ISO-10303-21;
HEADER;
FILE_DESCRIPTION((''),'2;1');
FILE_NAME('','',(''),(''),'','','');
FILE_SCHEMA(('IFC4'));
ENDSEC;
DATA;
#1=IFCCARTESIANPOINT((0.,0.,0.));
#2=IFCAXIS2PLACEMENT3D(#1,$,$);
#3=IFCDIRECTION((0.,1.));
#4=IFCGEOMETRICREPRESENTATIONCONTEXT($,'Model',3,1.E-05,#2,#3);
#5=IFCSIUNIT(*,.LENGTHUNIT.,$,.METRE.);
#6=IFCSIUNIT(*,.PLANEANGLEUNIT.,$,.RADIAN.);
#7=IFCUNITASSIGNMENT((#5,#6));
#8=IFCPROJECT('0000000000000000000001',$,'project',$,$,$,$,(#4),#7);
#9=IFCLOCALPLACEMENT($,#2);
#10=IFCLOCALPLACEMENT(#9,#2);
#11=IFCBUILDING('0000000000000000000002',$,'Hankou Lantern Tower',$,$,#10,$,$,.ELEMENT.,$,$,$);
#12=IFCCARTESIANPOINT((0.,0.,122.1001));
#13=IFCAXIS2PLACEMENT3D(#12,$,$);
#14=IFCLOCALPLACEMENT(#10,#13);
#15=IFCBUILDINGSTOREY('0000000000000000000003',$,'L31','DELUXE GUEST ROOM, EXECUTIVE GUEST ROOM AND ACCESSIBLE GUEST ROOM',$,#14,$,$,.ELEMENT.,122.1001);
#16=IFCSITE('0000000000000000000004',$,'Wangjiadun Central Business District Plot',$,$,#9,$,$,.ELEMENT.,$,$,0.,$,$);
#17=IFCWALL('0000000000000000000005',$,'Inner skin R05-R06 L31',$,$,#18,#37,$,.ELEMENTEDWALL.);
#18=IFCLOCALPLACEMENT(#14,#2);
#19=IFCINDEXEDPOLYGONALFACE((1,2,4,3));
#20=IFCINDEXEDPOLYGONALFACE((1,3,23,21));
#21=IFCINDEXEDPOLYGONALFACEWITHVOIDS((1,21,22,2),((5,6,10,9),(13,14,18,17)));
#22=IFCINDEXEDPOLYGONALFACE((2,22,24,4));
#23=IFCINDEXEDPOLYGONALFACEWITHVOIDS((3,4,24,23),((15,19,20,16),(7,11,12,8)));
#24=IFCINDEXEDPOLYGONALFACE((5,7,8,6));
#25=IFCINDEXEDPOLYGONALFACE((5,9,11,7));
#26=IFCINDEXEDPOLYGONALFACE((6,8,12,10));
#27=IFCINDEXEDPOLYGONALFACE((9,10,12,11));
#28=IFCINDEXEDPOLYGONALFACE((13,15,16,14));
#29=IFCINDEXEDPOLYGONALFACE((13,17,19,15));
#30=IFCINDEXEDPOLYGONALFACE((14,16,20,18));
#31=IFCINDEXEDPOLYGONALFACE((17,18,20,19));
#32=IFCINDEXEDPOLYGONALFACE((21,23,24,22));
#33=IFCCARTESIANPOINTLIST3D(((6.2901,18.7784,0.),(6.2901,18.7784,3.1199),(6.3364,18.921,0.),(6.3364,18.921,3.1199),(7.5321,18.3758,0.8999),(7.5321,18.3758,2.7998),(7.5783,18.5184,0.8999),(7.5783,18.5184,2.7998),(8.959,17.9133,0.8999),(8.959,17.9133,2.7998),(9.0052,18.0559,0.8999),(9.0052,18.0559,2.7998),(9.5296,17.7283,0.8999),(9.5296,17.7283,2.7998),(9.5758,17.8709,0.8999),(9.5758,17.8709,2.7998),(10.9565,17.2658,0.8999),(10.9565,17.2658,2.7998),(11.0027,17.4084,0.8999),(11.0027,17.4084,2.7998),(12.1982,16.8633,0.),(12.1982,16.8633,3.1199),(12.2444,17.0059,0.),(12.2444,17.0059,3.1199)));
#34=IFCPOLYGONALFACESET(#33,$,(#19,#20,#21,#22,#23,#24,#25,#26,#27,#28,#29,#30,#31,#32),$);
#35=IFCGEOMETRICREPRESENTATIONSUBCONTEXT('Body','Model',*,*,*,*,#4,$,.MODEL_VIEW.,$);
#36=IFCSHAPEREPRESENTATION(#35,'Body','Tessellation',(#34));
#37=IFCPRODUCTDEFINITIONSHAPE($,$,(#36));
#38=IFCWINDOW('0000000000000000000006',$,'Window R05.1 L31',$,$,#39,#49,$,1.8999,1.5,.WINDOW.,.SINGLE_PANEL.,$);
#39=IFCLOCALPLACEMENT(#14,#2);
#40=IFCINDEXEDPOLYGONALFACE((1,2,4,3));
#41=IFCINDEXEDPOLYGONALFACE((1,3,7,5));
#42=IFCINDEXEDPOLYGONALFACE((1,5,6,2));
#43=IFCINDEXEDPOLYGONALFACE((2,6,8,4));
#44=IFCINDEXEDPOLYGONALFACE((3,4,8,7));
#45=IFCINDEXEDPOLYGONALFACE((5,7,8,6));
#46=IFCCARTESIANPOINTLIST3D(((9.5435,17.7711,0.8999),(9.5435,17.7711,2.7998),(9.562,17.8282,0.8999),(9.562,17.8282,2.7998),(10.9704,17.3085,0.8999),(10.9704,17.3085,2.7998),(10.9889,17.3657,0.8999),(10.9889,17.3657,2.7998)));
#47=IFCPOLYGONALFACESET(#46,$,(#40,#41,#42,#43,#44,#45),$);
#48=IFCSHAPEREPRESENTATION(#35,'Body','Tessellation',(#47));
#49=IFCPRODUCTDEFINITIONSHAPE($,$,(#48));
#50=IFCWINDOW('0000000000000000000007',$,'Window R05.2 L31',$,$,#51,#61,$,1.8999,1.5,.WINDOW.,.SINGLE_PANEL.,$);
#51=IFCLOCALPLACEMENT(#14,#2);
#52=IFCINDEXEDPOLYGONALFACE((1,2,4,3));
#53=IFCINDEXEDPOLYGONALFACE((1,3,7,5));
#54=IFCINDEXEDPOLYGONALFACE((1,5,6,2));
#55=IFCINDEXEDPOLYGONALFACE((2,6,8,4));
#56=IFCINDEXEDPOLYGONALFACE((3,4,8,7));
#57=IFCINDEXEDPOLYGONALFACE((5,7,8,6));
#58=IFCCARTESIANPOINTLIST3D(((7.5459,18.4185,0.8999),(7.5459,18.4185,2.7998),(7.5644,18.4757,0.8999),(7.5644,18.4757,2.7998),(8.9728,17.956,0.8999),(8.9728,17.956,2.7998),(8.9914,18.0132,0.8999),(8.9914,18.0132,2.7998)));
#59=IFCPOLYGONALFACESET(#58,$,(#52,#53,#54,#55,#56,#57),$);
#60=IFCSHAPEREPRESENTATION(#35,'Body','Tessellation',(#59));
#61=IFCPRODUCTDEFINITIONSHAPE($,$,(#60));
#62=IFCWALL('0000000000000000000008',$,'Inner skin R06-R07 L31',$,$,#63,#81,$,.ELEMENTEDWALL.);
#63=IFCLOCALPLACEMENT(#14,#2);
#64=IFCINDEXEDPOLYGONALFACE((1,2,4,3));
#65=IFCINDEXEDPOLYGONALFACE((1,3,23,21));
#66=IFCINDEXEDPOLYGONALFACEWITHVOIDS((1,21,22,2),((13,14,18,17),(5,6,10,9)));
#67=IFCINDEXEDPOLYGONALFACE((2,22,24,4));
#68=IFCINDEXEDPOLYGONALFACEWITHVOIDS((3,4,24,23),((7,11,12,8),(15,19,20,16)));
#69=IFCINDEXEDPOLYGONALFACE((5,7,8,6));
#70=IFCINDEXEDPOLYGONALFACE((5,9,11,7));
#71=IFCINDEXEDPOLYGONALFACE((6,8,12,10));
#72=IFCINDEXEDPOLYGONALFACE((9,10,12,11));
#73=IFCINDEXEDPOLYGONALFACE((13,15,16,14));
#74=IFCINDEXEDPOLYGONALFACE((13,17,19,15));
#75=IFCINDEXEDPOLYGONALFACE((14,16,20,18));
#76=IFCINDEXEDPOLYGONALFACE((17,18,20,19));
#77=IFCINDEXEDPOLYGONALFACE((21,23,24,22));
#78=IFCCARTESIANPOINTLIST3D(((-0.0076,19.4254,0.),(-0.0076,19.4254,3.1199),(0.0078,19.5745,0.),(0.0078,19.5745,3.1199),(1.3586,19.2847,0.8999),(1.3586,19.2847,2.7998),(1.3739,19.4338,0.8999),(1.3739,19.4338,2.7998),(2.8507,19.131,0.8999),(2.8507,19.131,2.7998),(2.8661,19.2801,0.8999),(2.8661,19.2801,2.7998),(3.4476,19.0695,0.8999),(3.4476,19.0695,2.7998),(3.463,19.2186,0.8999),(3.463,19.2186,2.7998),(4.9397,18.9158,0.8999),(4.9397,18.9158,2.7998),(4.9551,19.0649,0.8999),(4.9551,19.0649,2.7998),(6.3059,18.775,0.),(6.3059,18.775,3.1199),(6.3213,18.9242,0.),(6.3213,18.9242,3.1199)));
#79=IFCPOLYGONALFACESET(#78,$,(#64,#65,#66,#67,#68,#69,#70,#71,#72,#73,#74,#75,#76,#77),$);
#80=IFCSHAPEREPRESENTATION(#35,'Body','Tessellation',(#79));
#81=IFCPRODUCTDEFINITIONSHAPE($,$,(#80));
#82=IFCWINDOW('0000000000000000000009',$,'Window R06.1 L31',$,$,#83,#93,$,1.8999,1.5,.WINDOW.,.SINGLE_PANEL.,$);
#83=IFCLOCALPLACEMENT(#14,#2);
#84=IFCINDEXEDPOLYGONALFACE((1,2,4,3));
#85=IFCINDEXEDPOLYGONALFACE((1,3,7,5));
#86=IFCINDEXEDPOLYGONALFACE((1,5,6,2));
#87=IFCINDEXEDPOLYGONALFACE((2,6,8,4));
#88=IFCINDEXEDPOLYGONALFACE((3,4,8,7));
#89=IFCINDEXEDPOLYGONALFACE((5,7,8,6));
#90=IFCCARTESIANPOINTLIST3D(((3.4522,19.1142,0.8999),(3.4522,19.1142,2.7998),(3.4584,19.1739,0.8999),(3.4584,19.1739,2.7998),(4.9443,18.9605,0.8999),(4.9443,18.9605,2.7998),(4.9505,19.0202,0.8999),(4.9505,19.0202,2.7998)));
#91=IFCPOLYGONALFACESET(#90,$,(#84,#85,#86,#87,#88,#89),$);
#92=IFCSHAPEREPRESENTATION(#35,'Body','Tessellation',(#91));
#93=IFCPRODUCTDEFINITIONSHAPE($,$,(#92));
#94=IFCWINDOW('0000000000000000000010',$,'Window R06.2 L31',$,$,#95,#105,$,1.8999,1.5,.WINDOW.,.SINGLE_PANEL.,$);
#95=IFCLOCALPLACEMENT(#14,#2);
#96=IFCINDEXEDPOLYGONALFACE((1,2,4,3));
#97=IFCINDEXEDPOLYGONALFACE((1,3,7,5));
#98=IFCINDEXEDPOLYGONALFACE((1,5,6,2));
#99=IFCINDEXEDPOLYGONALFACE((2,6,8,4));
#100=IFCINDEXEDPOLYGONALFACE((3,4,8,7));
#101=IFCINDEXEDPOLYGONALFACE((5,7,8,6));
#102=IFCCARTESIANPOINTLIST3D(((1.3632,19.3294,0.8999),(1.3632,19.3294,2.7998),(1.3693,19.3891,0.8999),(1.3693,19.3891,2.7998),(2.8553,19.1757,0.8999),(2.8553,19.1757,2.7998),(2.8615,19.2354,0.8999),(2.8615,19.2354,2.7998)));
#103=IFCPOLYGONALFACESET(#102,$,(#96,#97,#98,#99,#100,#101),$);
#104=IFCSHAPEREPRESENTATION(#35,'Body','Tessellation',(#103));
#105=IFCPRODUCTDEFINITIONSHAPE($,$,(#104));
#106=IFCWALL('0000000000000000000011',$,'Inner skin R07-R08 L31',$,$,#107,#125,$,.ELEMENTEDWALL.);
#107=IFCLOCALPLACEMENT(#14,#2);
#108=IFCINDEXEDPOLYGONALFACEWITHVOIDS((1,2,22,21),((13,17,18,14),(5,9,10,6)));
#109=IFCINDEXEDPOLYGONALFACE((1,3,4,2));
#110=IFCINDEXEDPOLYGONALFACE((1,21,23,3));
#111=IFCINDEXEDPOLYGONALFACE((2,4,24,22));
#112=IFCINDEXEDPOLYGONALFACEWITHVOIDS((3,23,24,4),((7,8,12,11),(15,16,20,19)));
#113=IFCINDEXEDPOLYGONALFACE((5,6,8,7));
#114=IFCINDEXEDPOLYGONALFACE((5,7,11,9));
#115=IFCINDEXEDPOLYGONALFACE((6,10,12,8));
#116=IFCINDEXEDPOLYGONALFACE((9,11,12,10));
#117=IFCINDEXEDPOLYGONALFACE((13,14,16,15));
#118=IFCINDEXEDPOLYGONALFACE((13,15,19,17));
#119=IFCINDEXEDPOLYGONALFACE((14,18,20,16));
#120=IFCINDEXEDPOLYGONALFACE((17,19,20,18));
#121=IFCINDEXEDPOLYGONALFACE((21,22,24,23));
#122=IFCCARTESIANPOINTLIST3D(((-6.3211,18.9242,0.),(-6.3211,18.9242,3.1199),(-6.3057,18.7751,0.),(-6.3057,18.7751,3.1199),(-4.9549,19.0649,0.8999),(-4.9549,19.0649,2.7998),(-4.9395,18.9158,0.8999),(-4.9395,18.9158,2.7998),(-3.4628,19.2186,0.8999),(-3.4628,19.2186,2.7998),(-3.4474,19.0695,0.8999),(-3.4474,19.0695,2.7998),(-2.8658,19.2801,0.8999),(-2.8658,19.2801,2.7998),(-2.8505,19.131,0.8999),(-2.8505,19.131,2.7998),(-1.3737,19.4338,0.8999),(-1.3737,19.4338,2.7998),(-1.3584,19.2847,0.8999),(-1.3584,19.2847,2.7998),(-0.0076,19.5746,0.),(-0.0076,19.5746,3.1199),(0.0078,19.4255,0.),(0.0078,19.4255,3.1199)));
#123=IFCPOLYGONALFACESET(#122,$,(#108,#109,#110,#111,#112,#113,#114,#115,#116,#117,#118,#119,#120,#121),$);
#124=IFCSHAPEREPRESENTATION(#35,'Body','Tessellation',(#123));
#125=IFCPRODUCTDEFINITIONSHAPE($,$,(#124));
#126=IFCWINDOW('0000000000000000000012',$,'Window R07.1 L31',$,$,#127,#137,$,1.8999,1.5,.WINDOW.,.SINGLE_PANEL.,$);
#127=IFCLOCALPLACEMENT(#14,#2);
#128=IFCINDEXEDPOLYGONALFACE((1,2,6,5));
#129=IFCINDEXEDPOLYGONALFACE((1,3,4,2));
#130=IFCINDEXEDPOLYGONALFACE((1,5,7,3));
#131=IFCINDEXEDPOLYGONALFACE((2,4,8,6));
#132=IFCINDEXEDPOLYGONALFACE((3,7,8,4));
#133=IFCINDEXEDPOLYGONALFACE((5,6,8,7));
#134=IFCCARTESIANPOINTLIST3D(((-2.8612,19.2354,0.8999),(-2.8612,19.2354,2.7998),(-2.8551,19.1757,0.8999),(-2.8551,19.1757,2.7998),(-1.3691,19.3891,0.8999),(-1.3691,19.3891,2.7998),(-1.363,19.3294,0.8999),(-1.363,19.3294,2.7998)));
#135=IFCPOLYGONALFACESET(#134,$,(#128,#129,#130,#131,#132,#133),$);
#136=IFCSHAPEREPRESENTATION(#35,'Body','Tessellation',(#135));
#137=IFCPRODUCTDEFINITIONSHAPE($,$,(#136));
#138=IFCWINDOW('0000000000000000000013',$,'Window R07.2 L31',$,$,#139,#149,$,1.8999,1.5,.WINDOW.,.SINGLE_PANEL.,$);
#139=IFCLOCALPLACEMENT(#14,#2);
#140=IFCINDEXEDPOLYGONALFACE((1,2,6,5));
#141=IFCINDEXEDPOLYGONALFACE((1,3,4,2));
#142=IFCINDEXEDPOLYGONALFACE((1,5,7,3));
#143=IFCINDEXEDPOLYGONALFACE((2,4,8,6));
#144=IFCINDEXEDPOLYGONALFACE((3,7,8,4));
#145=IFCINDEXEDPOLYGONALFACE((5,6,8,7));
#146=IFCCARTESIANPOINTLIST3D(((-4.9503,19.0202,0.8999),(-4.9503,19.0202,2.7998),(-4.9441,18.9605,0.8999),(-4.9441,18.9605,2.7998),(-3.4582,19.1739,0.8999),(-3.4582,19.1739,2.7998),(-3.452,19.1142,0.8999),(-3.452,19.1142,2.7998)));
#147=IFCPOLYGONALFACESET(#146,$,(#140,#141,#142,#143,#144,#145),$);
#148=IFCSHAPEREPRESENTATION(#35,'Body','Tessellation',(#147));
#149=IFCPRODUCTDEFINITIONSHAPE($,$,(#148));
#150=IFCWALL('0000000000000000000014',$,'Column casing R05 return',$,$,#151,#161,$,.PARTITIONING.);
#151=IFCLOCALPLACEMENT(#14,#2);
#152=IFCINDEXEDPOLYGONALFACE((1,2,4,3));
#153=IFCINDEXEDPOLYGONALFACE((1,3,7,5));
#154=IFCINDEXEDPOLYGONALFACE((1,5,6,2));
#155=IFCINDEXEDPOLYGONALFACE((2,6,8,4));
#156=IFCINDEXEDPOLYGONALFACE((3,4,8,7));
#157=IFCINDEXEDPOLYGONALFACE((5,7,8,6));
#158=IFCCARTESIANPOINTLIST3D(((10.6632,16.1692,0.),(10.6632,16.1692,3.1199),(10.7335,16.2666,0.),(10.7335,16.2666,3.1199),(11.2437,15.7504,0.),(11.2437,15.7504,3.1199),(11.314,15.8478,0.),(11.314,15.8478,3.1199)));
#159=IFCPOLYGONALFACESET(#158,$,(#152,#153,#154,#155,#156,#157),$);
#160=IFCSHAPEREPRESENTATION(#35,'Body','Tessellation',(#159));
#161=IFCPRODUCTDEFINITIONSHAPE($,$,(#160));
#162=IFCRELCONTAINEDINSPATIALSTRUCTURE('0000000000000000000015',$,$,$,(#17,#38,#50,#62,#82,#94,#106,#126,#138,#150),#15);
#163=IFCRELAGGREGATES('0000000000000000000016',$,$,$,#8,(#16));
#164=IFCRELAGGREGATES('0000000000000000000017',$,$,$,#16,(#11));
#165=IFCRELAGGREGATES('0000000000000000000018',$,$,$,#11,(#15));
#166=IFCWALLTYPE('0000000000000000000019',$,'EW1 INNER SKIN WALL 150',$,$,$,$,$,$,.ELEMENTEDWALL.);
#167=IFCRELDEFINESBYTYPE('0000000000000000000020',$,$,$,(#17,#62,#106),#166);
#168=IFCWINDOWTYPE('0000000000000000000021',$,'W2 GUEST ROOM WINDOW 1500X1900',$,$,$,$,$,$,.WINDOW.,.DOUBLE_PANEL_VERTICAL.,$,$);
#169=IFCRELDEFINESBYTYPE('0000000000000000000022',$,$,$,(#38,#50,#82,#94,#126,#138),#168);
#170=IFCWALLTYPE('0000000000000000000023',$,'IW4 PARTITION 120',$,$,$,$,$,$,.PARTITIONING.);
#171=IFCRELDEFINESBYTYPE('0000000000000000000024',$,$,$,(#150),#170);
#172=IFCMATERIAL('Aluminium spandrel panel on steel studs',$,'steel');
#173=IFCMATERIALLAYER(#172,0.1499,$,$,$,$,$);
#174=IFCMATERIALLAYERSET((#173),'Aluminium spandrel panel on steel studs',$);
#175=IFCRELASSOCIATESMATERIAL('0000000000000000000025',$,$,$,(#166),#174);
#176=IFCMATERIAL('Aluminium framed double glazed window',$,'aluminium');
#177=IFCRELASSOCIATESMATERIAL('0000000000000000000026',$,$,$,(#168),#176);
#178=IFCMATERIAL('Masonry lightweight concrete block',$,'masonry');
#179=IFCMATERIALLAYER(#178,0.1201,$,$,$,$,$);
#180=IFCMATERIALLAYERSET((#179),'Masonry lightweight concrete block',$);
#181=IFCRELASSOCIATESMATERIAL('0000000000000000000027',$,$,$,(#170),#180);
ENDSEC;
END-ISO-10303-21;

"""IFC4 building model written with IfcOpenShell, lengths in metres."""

from ifc_helpers import new_model, si_unit, direction, frame, frame_2d, origin, place, context, subcontext, project, spatial, rectangle, extrude, material, layer, layer_set, type_object, element, fill, save


model = new_model("IFC4")

# Units and contexts
model_context = context("Model", 3, precision=1e-05, world=origin(), true_north=direction((0.0, 1.0)))
body_context = subcontext(model_context, "Body", "Model", "MODEL_VIEW")
ifc_project = project(units=[si_unit("LENGTHUNIT", "METRE"), si_unit("PLANEANGLEUNIT", "RADIAN")], contexts=[model_context])

# Site, building, storey
site_placement = place(None, origin())
site = spatial("IfcSite", under=ifc_project, at=site_placement, Name="Wangjiadun Central Business District Plot", CompositionType="ELEMENT", RefElevation=0.0)
building_placement = place(site_placement, origin())
building = spatial("IfcBuilding", under=site, at=building_placement, Name="Hankou Lantern Tower", CompositionType="ELEMENT")
storey_placement = place(building_placement, frame((0.0, 0.0, 122.1001)))
storey = spatial("IfcBuildingStorey", under=building, at=storey_placement, Name="L31", Description="DELUXE GUEST ROOM, EXECUTIVE GUEST ROOM AND ACCESSIBLE GUEST ROOM", CompositionType="ELEMENT", Elevation=122.1001)

# Walls, openings, windows
ifc_material_1 = material(Name="Aluminium spandrel panel on steel studs", Category="steel")
ifc_layer_1 = layer(ifc_material_1, 0.1499)
ifc_layer_set_1 = layer_set([ifc_layer_1], Name="Aluminium spandrel panel on steel studs")
wall_type_1 = type_object("IfcWallType", Name="EW1 INNER SKIN WALL 150", PredefinedType="ELEMENTEDWALL", material=ifc_layer_set_1)
wall_1_placement = place(storey_placement, frame((12.2214, 16.9346, 0.0), z_axis=(0.0, 0.0, 1.0), x_axis=(-0.951273, 0.308351, 0.0)))
wall_1 = element("IfcWall", 1, at=wall_1_placement, inside=storey, type_object=wall_type_1, Name="Inner skin R05-R06 L31", PredefinedType="ELEMENTEDWALL", context=body_context, shape_type="SweptSolid", body=[
    extrude(rectangle(XDim=6.2107, YDim=0.1499, at=frame_2d((3.1055, 0.0))), origin(), (0.0, 0.0, 1.0), 3.1199),
])
opening_1_placement = place(wall_1_placement, frame((1.3054, 0.0, 0.8999)))
opening_1 = element("IfcOpeningElement", 2, at=opening_1_placement, cuts=wall_1, PredefinedType="OPENING", context=body_context, shape_type="SweptSolid", body=[
    extrude(rectangle(XDim=1.5, YDim=1.8999, at=frame_2d((0.75, 0.95))), frame((0.0, 0.085, 0.0), z_axis=(0.0, -1.0, 0.0), x_axis=(1.0, 0.0, 0.0)), (0.0, 0.0, 1.0), 0.1699),
])
opening_2_placement = place(wall_1_placement, frame((3.4053, 0.0, 0.8999)))
opening_2 = element("IfcOpeningElement", 3, at=opening_2_placement, cuts=wall_1, PredefinedType="OPENING", context=body_context, shape_type="SweptSolid", body=[
    extrude(rectangle(XDim=1.5, YDim=1.8999, at=frame_2d((0.75, 0.95))), frame((0.0, 0.085, 0.0), z_axis=(0.0, -1.0, 0.0), x_axis=(1.0, 0.0, 0.0)), (0.0, 0.0, 1.0), 0.1699),
])
ifc_material_2 = material(Name="Aluminium framed double glazed window", Category="aluminium")
window_type = type_object("IfcWindowType", Name="W2 GUEST ROOM WINDOW 1500X1900", PartitioningType="DOUBLE_PANEL_VERTICAL", PredefinedType="WINDOW", material=ifc_material_2)
window_1_placement = place(opening_1_placement, origin())
window_1 = element("IfcWindow", 4, at=window_1_placement, inside=storey, type_object=window_type, Name="Window R05.1 L31", OverallHeight=1.8999, OverallWidth=1.5, PartitioningType="SINGLE_PANEL", PredefinedType="WINDOW", context=body_context, shape_type="SweptSolid", body=[
    extrude(rectangle(XDim=1.5, YDim=1.8999, at=frame_2d((0.75, 0.95))), frame((0.0, 0.03, 0.0), z_axis=(0.0, -1.0, 0.0), x_axis=(1.0, 0.0, 0.0)), (0.0, 0.0, 1.0), 0.0601),
])
fill(opening_1, window_1)
window_2_placement = place(opening_2_placement, origin())
window_2 = element("IfcWindow", 5, at=window_2_placement, inside=storey, type_object=window_type, Name="Window R05.2 L31", OverallHeight=1.8999, OverallWidth=1.5, PartitioningType="SINGLE_PANEL", PredefinedType="WINDOW", context=body_context, shape_type="SweptSolid", body=[
    extrude(rectangle(XDim=1.5, YDim=1.8999, at=frame_2d((0.75, 0.95))), frame((0.0, 0.03, 0.0), z_axis=(0.0, -1.0, 0.0), x_axis=(1.0, 0.0, 0.0)), (0.0, 0.0, 1.0), 0.0601),
])
fill(opening_2, window_2)
wall_2_placement = place(storey_placement, frame((6.3135, 18.8496, 0.0), z_axis=(0.0, 0.0, 1.0), x_axis=(-0.994736, 0.102474, 0.0)))
wall_2 = element("IfcWall", 6, at=wall_2_placement, inside=storey, type_object=wall_type_1, Name="Inner skin R06-R07 L31", PredefinedType="ELEMENTEDWALL", context=body_context, shape_type="SweptSolid", body=[
    extrude(rectangle(XDim=6.3469, YDim=0.1499, at=frame_2d((3.1733, 0.0))), origin(), (0.0, 0.0, 1.0), 3.1199),
])
opening_3_placement = place(wall_2_placement, frame((1.3733, 0.0, 0.8999)))
opening_3 = element("IfcOpeningElement", 7, at=opening_3_placement, cuts=wall_2, PredefinedType="OPENING", context=body_context, shape_type="SweptSolid", body=[
    extrude(rectangle(XDim=1.5, YDim=1.8999, at=frame_2d((0.75, 0.95))), frame((0.0, 0.085, 0.0), z_axis=(0.0, -1.0, 0.0), x_axis=(1.0, 0.0, 0.0)), (0.0, 0.0, 1.0), 0.1699),
])
opening_4_placement = place(wall_2_placement, frame((3.4734, 0.0, 0.8999)))
opening_4 = element("IfcOpeningElement", 8, at=opening_4_placement, cuts=wall_2, PredefinedType="OPENING", context=body_context, shape_type="SweptSolid", body=[
    extrude(rectangle(XDim=1.5, YDim=1.8999, at=frame_2d((0.75, 0.95))), frame((0.0, 0.085, 0.0), z_axis=(0.0, -1.0, 0.0), x_axis=(1.0, 0.0, 0.0)), (0.0, 0.0, 1.0), 0.1699),
])
window_3_placement = place(opening_3_placement, origin())
window_3 = element("IfcWindow", 9, at=window_3_placement, inside=storey, type_object=window_type, Name="Window R06.1 L31", OverallHeight=1.8999, OverallWidth=1.5, PartitioningType="SINGLE_PANEL", PredefinedType="WINDOW", context=body_context, shape_type="SweptSolid", body=[
    extrude(rectangle(XDim=1.5, YDim=1.8999, at=frame_2d((0.75, 0.95))), frame((0.0, 0.03, 0.0), z_axis=(0.0, -1.0, 0.0), x_axis=(1.0, 0.0, 0.0)), (0.0, 0.0, 1.0), 0.0601),
])
fill(opening_3, window_3)
window_4_placement = place(opening_4_placement, origin())
window_4 = element("IfcWindow", 10, at=window_4_placement, inside=storey, type_object=window_type, Name="Window R06.2 L31", OverallHeight=1.8999, OverallWidth=1.5, PartitioningType="SINGLE_PANEL", PredefinedType="WINDOW", context=body_context, shape_type="SweptSolid", body=[
    extrude(rectangle(XDim=1.5, YDim=1.8999, at=frame_2d((0.75, 0.95))), frame((0.0, 0.03, 0.0), z_axis=(0.0, -1.0, 0.0), x_axis=(1.0, 0.0, 0.0)), (0.0, 0.0, 1.0), 0.0601),
])
fill(opening_4, window_4)
wall_3_placement = place(storey_placement, frame((0.0, 19.5, 0.0), z_axis=(0.0, 0.0, 1.0), x_axis=(-0.994736, -0.102474, 0.0)))
wall_3 = element("IfcWall", 11, at=wall_3_placement, inside=storey, type_object=wall_type_1, Name="Inner skin R07-R08 L31", PredefinedType="ELEMENTEDWALL", context=body_context, shape_type="SweptSolid", body=[
    extrude(rectangle(XDim=6.3469, YDim=0.1499, at=frame_2d((3.1733, 0.0))), origin(), (0.0, 0.0, 1.0), 3.1199),
])
opening_5_placement = place(wall_3_placement, frame((1.3733, 0.0, 0.8999)))
opening_5 = element("IfcOpeningElement", 12, at=opening_5_placement, cuts=wall_3, PredefinedType="OPENING", context=body_context, shape_type="SweptSolid", body=[
    extrude(rectangle(XDim=1.5, YDim=1.8999, at=frame_2d((0.75, 0.95))), frame((0.0, 0.085, 0.0), z_axis=(0.0, -1.0, 0.0), x_axis=(1.0, 0.0, 0.0)), (0.0, 0.0, 1.0), 0.1699),
])
opening_6_placement = place(wall_3_placement, frame((3.4734, 0.0, 0.8999)))
opening_6 = element("IfcOpeningElement", 13, at=opening_6_placement, cuts=wall_3, PredefinedType="OPENING", context=body_context, shape_type="SweptSolid", body=[
    extrude(rectangle(XDim=1.5, YDim=1.8999, at=frame_2d((0.75, 0.95))), frame((0.0, 0.085, 0.0), z_axis=(0.0, -1.0, 0.0), x_axis=(1.0, 0.0, 0.0)), (0.0, 0.0, 1.0), 0.1699),
])
window_5_placement = place(opening_5_placement, origin())
window_5 = element("IfcWindow", 14, at=window_5_placement, inside=storey, type_object=window_type, Name="Window R07.1 L31", OverallHeight=1.8999, OverallWidth=1.5, PartitioningType="SINGLE_PANEL", PredefinedType="WINDOW", context=body_context, shape_type="SweptSolid", body=[
    extrude(rectangle(XDim=1.5, YDim=1.8999, at=frame_2d((0.75, 0.95))), frame((0.0, 0.03, 0.0), z_axis=(0.0, -1.0, 0.0), x_axis=(1.0, 0.0, 0.0)), (0.0, 0.0, 1.0), 0.0601),
])
fill(opening_5, window_5)
window_6_placement = place(opening_6_placement, origin())
window_6 = element("IfcWindow", 15, at=window_6_placement, inside=storey, type_object=window_type, Name="Window R07.2 L31", OverallHeight=1.8999, OverallWidth=1.5, PartitioningType="SINGLE_PANEL", PredefinedType="WINDOW", context=body_context, shape_type="SweptSolid", body=[
    extrude(rectangle(XDim=1.5, YDim=1.8999, at=frame_2d((0.75, 0.95))), frame((0.0, 0.03, 0.0), z_axis=(0.0, -1.0, 0.0), x_axis=(1.0, 0.0, 0.0)), (0.0, 0.0, 1.0), 0.0601),
])
fill(opening_6, window_6)

# Wall
ifc_material_3 = material(Name="Masonry lightweight concrete block", Category="masonry")
ifc_layer_2 = layer(ifc_material_3, 0.1201)
ifc_layer_set_2 = layer_set([ifc_layer_2], Name="Masonry lightweight concrete block")
wall_type_2 = type_object("IfcWallType", Name="IW4 PARTITION 120", PredefinedType="PARTITIONING", material=ifc_layer_set_2)
wall_4_placement = place(storey_placement, frame((11.2788, 15.7991, 0.0), z_axis=(0.0, 0.0, 1.0), x_axis=(-0.810913, 0.585167, 0.0)))
element("IfcWall", 16, at=wall_4_placement, inside=storey, type_object=wall_type_2, Name="Column casing R05 return", PredefinedType="PARTITIONING", context=body_context, shape_type="SweptSolid", body=[
    extrude(rectangle(XDim=0.7158, YDim=0.1201, at=frame_2d((0.3579, 0.0))), origin(), (0.0, 0.0, 1.0), 3.1199),
])

save(model, "model.ifc")
